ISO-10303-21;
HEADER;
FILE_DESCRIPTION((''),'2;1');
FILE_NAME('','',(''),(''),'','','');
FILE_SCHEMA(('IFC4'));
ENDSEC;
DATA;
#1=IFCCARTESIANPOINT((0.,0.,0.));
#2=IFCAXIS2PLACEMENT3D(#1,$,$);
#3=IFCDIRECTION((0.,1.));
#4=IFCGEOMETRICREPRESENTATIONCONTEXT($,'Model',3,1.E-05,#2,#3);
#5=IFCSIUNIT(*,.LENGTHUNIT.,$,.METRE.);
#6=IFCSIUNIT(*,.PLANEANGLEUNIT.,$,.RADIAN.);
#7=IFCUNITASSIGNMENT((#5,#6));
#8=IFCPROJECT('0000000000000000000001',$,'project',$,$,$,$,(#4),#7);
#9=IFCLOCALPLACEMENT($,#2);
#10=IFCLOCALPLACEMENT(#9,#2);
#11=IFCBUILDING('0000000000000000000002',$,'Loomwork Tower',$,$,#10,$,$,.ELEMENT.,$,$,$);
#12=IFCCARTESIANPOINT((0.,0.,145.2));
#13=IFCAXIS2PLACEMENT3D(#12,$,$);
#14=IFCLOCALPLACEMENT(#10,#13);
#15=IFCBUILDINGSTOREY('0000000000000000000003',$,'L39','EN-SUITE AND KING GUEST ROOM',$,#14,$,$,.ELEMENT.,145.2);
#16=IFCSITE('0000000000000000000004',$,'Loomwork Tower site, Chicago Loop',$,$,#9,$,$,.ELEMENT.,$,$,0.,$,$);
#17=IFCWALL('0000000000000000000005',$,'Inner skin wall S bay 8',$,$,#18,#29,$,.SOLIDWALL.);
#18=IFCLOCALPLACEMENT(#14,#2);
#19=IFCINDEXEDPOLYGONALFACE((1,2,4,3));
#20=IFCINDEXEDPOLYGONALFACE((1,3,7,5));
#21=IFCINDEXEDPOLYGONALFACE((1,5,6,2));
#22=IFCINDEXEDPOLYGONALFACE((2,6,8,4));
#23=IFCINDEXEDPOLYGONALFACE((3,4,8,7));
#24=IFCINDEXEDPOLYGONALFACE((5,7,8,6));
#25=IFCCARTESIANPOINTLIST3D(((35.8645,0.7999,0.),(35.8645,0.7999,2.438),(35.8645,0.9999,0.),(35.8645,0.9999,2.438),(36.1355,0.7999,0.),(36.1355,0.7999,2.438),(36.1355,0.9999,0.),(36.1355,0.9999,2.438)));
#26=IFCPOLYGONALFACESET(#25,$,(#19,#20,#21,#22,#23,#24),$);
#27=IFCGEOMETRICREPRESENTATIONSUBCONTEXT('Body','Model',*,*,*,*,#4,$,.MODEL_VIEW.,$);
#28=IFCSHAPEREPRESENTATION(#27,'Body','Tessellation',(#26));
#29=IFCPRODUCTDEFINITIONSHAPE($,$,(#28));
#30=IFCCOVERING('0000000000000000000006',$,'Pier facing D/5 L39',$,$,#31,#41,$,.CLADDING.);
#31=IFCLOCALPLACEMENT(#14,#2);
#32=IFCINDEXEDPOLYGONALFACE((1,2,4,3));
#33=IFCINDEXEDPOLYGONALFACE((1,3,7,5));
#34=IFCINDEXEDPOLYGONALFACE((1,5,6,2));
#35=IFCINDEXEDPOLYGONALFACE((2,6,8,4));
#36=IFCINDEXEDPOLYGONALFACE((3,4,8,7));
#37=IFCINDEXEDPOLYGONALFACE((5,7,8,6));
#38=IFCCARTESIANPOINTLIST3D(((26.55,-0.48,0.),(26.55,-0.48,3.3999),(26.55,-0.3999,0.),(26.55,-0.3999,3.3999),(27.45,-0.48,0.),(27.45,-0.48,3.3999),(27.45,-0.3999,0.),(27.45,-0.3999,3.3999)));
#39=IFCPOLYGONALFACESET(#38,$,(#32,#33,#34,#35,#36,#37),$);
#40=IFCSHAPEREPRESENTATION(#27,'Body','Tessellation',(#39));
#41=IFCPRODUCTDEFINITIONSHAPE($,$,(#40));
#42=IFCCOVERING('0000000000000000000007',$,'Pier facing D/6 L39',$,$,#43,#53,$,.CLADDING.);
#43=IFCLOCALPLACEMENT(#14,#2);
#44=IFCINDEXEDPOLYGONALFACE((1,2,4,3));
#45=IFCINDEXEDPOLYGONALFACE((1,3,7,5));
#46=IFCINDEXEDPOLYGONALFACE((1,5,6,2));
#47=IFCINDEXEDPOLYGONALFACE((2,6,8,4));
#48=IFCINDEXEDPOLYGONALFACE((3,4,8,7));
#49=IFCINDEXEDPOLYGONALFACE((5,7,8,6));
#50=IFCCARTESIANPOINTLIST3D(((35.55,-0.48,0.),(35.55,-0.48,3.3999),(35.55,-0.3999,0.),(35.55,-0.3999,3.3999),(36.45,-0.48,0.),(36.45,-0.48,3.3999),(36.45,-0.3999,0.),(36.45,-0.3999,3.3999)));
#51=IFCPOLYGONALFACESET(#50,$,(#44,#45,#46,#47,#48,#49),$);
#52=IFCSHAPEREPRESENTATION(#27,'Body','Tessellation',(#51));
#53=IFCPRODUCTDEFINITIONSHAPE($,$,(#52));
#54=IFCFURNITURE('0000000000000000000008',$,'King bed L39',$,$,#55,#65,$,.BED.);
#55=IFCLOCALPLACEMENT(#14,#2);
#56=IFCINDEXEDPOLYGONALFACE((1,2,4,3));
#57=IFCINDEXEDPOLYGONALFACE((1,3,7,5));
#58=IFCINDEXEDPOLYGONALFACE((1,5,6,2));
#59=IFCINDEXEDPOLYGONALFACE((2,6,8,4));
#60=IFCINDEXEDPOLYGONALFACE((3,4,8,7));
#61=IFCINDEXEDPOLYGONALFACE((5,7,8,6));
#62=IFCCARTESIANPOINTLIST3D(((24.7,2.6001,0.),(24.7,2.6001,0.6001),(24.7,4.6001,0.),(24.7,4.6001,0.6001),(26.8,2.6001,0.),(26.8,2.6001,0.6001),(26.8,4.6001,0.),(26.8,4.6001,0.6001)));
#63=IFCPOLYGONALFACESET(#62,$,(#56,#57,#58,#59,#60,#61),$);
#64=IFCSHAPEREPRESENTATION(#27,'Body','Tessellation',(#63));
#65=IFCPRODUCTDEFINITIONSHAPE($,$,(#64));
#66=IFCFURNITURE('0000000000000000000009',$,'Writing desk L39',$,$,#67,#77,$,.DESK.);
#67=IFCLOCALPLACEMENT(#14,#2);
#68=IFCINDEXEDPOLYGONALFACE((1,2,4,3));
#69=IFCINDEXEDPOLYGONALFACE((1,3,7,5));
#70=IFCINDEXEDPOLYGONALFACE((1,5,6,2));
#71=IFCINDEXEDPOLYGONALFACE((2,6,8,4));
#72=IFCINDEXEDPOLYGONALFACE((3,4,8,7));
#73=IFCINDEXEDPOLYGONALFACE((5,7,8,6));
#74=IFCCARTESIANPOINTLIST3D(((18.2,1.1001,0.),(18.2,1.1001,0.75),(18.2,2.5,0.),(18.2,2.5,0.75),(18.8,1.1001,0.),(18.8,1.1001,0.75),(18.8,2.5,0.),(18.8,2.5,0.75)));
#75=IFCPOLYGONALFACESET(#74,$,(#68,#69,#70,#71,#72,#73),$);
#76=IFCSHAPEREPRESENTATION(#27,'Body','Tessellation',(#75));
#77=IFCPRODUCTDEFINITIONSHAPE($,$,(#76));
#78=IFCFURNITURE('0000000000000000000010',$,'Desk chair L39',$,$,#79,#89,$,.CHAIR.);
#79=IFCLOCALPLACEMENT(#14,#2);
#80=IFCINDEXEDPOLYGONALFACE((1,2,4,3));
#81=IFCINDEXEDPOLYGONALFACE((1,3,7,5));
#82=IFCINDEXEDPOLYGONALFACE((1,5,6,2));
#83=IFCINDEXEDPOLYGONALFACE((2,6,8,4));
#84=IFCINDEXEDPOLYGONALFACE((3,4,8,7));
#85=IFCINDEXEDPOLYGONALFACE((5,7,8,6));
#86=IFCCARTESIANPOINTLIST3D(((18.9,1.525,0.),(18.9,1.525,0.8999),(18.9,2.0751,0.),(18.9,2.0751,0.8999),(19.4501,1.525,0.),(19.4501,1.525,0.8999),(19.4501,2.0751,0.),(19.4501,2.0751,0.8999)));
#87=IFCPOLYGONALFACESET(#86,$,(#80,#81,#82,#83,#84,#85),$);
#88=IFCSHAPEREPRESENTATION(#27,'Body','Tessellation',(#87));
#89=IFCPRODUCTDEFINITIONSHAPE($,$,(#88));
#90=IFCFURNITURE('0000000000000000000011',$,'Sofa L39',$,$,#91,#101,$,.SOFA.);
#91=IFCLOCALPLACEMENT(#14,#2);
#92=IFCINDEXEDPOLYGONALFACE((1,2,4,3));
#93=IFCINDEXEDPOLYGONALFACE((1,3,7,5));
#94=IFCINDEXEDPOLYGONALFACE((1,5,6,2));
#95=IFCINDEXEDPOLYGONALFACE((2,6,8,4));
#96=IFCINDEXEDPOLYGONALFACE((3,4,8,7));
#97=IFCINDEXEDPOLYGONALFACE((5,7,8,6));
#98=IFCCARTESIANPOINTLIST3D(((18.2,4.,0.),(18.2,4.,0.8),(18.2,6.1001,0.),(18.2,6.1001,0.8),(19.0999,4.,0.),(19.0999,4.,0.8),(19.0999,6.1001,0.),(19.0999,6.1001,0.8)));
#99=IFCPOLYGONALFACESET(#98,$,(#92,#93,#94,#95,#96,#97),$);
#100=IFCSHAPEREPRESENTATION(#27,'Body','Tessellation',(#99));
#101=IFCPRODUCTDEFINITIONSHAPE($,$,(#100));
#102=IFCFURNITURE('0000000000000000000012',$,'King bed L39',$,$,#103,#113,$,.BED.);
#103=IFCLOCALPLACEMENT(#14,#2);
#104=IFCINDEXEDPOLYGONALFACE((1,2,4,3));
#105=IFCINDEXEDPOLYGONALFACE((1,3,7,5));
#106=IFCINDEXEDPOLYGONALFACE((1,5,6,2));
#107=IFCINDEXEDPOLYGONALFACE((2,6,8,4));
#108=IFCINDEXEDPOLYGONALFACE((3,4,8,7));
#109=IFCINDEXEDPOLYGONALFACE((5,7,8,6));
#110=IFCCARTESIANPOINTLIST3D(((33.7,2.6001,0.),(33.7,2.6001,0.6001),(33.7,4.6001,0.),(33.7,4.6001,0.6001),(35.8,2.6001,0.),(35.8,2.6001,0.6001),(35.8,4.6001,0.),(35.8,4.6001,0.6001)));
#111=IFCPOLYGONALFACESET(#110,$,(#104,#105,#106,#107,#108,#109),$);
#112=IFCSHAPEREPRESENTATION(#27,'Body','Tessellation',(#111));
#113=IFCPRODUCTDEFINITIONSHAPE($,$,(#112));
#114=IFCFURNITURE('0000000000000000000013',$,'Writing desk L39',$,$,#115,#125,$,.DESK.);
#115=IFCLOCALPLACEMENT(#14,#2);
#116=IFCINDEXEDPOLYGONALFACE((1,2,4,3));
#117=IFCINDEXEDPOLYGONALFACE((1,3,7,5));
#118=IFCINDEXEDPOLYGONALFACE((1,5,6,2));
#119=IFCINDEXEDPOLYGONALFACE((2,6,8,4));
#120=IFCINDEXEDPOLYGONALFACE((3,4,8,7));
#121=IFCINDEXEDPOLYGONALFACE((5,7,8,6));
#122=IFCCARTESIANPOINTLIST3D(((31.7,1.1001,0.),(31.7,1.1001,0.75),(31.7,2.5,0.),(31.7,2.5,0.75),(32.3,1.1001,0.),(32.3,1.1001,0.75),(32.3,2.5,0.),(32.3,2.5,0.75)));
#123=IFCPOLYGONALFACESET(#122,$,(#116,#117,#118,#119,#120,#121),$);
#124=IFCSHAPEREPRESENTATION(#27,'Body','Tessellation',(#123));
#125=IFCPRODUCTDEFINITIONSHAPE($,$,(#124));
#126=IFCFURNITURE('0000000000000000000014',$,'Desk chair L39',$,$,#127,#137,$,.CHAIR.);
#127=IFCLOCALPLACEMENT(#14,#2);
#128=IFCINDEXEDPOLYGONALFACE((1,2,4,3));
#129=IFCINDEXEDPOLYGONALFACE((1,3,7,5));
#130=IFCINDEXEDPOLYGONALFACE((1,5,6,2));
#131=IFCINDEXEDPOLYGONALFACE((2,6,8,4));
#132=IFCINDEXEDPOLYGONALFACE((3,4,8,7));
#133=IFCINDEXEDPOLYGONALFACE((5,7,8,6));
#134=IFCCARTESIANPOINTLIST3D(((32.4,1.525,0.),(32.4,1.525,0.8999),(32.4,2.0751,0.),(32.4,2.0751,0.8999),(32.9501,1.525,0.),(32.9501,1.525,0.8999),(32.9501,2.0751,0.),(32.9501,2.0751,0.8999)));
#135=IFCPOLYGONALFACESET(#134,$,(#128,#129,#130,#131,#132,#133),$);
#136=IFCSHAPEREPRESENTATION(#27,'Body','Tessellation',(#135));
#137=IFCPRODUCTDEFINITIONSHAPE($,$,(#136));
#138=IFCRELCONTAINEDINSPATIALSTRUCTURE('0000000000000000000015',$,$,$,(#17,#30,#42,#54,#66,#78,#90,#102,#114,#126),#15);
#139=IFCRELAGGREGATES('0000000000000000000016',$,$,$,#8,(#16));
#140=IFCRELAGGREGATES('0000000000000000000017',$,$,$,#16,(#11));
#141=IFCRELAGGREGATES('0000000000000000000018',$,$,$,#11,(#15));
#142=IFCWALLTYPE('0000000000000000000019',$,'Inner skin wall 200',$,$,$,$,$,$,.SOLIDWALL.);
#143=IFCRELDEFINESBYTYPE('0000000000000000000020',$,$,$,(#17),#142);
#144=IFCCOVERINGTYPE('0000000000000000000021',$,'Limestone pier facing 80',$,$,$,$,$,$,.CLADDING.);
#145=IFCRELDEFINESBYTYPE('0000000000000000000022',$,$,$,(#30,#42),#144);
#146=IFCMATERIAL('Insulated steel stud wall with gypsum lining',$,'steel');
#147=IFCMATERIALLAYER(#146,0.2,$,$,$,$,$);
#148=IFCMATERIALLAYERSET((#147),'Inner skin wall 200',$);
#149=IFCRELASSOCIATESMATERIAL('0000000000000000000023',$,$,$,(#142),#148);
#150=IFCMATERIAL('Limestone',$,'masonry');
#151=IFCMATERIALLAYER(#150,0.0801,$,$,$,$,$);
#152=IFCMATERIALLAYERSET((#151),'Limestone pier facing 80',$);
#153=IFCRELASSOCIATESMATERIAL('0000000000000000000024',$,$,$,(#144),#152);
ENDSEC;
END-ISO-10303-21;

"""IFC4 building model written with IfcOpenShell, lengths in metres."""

from ifc_helpers import new_model, si_unit, direction, frame, frame_2d, origin, origin_2d, place, context, subcontext, project, spatial, rectangle, extrude, material, layer, layer_set, type_object, element, save


model = new_model("IFC4")

# Units and contexts
model_context = context("Model", 3, precision=1e-05, world=origin(), true_north=direction((0.0, 1.0)))
body_context = subcontext(model_context, "Body", "Model", "MODEL_VIEW")
ifc_project = project(units=[si_unit("LENGTHUNIT", "METRE"), si_unit("PLANEANGLEUNIT", "RADIAN")], contexts=[model_context])

# Site, building, storey
site_placement = place(None, origin())
site = spatial("IfcSite", under=ifc_project, at=site_placement, Name="Loomwork Tower site, Chicago Loop", CompositionType="ELEMENT", RefElevation=0.0)
building_placement = place(site_placement, origin())
building = spatial("IfcBuilding", under=site, at=building_placement, Name="Loomwork Tower", CompositionType="ELEMENT")
storey_placement = place(building_placement, frame((0.0, 0.0, 145.2)))
storey = spatial("IfcBuildingStorey", under=building, at=storey_placement, Name="L39", Description="EN-SUITE AND KING GUEST ROOM", CompositionType="ELEMENT", Elevation=145.2)

# Shared definitions
ifc_material_1 = material(Name="Insulated steel stud wall with gypsum lining", Category="steel")
ifc_layer_1 = layer(ifc_material_1, 0.2)
ifc_layer_set_1 = layer_set([ifc_layer_1], Name="Inner skin wall 200")
wall_type_1 = type_object("IfcWallType", Name="Inner skin wall 200", PredefinedType="SOLIDWALL", material=ifc_layer_set_1)

# Wall
wall_1_placement = place(storey_placement, frame((35.8645, 0.8999, 0.0), z_axis=(0.0, 0.0, 1.0), x_axis=(1.0, 0.0, 0.0)))
element("IfcWall", 1, at=wall_1_placement, inside=storey, type_object=wall_type_1, Name="Inner skin wall S bay 8", PredefinedType="SOLIDWALL", context=body_context, shape_type="SweptSolid", body=[
    extrude(rectangle(XDim=0.271, YDim=0.2, at=frame_2d((0.1355, 0.0))), origin(), (0.0, 0.0, 1.0), 2.438),
])

# Coverings
ifc_material_2 = material(Name="Limestone", Category="masonry")
ifc_layer_2 = layer(ifc_material_2, 0.0801)
ifc_layer_set_2 = layer_set([ifc_layer_2], Name="Limestone pier facing 80")
covering_type = type_object("IfcCoveringType", Name="Limestone pier facing 80", PredefinedType="CLADDING", material=ifc_layer_set_2)
for number, where, z_axis, x_axis, name in (
    (2, (27.0, -0.4399, 0.0), (0.0, 0.0, 1.0), (1.0, 0.0, 0.0), "Pier facing D/5 L39"),
    (3, (36.0, -0.4399, 0.0), (0.0, 0.0, 1.0), (1.0, 0.0, 0.0), "Pier facing D/6 L39"),
):
    element("IfcCovering", number, at=place(storey_placement, frame(where, z_axis=z_axis, x_axis=x_axis)), inside=storey, type_object=covering_type, Name=name, PredefinedType="CLADDING", context=body_context, shape_type="SweptSolid", body=[
        extrude(rectangle(XDim=0.8999, YDim=0.0801, at=origin_2d()), origin(), (0.0, 0.0, 1.0), 3.3999),
    ])

# Furniture
furniture_1_placement = place(storey_placement, frame((25.75, 3.6001, 0.0), z_axis=(0.0, 0.0, 1.0), x_axis=(1.0, 0.0, 0.0)))
element("IfcFurniture", 4, at=furniture_1_placement, inside=storey, Name="King bed L39", PredefinedType="BED", context=body_context, shape_type="SweptSolid", body=[
    extrude(rectangle(XDim=2.1001, YDim=2.0, at=origin_2d()), origin(), (0.0, 0.0, 1.0), 0.6001),
])
furniture_2_placement = place(storey_placement, frame((18.5, 1.8, 0.0), z_axis=(0.0, 0.0, 1.0), x_axis=(1.0, 0.0, 0.0)))
element("IfcFurniture", 5, at=furniture_2_placement, inside=storey, Name="Writing desk L39", PredefinedType="DESK", context=body_context, shape_type="SweptSolid", body=[
    extrude(rectangle(XDim=0.6001, YDim=1.3999, at=origin_2d()), origin(), (0.0, 0.0, 1.0), 0.75),
])
furniture_3_placement = place(storey_placement, frame((19.175, 1.8, 0.0), z_axis=(0.0, 0.0, 1.0), x_axis=(1.0, 0.0, 0.0)))
element("IfcFurniture", 6, at=furniture_3_placement, inside=storey, Name="Desk chair L39", PredefinedType="CHAIR", context=body_context, shape_type="SweptSolid", body=[
    extrude(rectangle(XDim=0.55, YDim=0.55, at=origin_2d()), origin(), (0.0, 0.0, 1.0), 0.8999),
])
furniture_4_placement = place(storey_placement, frame((18.6499, 5.05, 0.0), z_axis=(0.0, 0.0, 1.0), x_axis=(1.0, 0.0, 0.0)))
element("IfcFurniture", 7, at=furniture_4_placement, inside=storey, Name="Sofa L39", PredefinedType="SOFA", context=body_context, shape_type="SweptSolid", body=[
    extrude(rectangle(XDim=0.8999, YDim=2.1001, at=origin_2d()), origin(), (0.0, 0.0, 1.0), 0.8),
])
furniture_5_placement = place(storey_placement, frame((34.75, 3.6001, 0.0), z_axis=(0.0, 0.0, 1.0), x_axis=(1.0, 0.0, 0.0)))
element("IfcFurniture", 8, at=furniture_5_placement, inside=storey, Name="King bed L39", PredefinedType="BED", context=body_context, shape_type="SweptSolid", body=[
    extrude(rectangle(XDim=2.1001, YDim=2.0, at=origin_2d()), origin(), (0.0, 0.0, 1.0), 0.6001),
])
furniture_6_placement = place(storey_placement, frame((32.0, 1.8, 0.0), z_axis=(0.0, 0.0, 1.0), x_axis=(1.0, 0.0, 0.0)))
element("IfcFurniture", 9, at=furniture_6_placement, inside=storey, Name="Writing desk L39", PredefinedType="DESK", context=body_context, shape_type="SweptSolid", body=[
    extrude(rectangle(XDim=0.6001, YDim=1.3999, at=origin_2d()), origin(), (0.0, 0.0, 1.0), 0.75),
])
furniture_7_placement = place(storey_placement, frame((32.675, 1.8, 0.0), z_axis=(0.0, 0.0, 1.0), x_axis=(1.0, 0.0, 0.0)))
element("IfcFurniture", 10, at=furniture_7_placement, inside=storey, Name="Desk chair L39", PredefinedType="CHAIR", context=body_context, shape_type="SweptSolid", body=[
    extrude(rectangle(XDim=0.55, YDim=0.55, at=origin_2d()), origin(), (0.0, 0.0, 1.0), 0.8999),
])

save(model, "model.ifc")
